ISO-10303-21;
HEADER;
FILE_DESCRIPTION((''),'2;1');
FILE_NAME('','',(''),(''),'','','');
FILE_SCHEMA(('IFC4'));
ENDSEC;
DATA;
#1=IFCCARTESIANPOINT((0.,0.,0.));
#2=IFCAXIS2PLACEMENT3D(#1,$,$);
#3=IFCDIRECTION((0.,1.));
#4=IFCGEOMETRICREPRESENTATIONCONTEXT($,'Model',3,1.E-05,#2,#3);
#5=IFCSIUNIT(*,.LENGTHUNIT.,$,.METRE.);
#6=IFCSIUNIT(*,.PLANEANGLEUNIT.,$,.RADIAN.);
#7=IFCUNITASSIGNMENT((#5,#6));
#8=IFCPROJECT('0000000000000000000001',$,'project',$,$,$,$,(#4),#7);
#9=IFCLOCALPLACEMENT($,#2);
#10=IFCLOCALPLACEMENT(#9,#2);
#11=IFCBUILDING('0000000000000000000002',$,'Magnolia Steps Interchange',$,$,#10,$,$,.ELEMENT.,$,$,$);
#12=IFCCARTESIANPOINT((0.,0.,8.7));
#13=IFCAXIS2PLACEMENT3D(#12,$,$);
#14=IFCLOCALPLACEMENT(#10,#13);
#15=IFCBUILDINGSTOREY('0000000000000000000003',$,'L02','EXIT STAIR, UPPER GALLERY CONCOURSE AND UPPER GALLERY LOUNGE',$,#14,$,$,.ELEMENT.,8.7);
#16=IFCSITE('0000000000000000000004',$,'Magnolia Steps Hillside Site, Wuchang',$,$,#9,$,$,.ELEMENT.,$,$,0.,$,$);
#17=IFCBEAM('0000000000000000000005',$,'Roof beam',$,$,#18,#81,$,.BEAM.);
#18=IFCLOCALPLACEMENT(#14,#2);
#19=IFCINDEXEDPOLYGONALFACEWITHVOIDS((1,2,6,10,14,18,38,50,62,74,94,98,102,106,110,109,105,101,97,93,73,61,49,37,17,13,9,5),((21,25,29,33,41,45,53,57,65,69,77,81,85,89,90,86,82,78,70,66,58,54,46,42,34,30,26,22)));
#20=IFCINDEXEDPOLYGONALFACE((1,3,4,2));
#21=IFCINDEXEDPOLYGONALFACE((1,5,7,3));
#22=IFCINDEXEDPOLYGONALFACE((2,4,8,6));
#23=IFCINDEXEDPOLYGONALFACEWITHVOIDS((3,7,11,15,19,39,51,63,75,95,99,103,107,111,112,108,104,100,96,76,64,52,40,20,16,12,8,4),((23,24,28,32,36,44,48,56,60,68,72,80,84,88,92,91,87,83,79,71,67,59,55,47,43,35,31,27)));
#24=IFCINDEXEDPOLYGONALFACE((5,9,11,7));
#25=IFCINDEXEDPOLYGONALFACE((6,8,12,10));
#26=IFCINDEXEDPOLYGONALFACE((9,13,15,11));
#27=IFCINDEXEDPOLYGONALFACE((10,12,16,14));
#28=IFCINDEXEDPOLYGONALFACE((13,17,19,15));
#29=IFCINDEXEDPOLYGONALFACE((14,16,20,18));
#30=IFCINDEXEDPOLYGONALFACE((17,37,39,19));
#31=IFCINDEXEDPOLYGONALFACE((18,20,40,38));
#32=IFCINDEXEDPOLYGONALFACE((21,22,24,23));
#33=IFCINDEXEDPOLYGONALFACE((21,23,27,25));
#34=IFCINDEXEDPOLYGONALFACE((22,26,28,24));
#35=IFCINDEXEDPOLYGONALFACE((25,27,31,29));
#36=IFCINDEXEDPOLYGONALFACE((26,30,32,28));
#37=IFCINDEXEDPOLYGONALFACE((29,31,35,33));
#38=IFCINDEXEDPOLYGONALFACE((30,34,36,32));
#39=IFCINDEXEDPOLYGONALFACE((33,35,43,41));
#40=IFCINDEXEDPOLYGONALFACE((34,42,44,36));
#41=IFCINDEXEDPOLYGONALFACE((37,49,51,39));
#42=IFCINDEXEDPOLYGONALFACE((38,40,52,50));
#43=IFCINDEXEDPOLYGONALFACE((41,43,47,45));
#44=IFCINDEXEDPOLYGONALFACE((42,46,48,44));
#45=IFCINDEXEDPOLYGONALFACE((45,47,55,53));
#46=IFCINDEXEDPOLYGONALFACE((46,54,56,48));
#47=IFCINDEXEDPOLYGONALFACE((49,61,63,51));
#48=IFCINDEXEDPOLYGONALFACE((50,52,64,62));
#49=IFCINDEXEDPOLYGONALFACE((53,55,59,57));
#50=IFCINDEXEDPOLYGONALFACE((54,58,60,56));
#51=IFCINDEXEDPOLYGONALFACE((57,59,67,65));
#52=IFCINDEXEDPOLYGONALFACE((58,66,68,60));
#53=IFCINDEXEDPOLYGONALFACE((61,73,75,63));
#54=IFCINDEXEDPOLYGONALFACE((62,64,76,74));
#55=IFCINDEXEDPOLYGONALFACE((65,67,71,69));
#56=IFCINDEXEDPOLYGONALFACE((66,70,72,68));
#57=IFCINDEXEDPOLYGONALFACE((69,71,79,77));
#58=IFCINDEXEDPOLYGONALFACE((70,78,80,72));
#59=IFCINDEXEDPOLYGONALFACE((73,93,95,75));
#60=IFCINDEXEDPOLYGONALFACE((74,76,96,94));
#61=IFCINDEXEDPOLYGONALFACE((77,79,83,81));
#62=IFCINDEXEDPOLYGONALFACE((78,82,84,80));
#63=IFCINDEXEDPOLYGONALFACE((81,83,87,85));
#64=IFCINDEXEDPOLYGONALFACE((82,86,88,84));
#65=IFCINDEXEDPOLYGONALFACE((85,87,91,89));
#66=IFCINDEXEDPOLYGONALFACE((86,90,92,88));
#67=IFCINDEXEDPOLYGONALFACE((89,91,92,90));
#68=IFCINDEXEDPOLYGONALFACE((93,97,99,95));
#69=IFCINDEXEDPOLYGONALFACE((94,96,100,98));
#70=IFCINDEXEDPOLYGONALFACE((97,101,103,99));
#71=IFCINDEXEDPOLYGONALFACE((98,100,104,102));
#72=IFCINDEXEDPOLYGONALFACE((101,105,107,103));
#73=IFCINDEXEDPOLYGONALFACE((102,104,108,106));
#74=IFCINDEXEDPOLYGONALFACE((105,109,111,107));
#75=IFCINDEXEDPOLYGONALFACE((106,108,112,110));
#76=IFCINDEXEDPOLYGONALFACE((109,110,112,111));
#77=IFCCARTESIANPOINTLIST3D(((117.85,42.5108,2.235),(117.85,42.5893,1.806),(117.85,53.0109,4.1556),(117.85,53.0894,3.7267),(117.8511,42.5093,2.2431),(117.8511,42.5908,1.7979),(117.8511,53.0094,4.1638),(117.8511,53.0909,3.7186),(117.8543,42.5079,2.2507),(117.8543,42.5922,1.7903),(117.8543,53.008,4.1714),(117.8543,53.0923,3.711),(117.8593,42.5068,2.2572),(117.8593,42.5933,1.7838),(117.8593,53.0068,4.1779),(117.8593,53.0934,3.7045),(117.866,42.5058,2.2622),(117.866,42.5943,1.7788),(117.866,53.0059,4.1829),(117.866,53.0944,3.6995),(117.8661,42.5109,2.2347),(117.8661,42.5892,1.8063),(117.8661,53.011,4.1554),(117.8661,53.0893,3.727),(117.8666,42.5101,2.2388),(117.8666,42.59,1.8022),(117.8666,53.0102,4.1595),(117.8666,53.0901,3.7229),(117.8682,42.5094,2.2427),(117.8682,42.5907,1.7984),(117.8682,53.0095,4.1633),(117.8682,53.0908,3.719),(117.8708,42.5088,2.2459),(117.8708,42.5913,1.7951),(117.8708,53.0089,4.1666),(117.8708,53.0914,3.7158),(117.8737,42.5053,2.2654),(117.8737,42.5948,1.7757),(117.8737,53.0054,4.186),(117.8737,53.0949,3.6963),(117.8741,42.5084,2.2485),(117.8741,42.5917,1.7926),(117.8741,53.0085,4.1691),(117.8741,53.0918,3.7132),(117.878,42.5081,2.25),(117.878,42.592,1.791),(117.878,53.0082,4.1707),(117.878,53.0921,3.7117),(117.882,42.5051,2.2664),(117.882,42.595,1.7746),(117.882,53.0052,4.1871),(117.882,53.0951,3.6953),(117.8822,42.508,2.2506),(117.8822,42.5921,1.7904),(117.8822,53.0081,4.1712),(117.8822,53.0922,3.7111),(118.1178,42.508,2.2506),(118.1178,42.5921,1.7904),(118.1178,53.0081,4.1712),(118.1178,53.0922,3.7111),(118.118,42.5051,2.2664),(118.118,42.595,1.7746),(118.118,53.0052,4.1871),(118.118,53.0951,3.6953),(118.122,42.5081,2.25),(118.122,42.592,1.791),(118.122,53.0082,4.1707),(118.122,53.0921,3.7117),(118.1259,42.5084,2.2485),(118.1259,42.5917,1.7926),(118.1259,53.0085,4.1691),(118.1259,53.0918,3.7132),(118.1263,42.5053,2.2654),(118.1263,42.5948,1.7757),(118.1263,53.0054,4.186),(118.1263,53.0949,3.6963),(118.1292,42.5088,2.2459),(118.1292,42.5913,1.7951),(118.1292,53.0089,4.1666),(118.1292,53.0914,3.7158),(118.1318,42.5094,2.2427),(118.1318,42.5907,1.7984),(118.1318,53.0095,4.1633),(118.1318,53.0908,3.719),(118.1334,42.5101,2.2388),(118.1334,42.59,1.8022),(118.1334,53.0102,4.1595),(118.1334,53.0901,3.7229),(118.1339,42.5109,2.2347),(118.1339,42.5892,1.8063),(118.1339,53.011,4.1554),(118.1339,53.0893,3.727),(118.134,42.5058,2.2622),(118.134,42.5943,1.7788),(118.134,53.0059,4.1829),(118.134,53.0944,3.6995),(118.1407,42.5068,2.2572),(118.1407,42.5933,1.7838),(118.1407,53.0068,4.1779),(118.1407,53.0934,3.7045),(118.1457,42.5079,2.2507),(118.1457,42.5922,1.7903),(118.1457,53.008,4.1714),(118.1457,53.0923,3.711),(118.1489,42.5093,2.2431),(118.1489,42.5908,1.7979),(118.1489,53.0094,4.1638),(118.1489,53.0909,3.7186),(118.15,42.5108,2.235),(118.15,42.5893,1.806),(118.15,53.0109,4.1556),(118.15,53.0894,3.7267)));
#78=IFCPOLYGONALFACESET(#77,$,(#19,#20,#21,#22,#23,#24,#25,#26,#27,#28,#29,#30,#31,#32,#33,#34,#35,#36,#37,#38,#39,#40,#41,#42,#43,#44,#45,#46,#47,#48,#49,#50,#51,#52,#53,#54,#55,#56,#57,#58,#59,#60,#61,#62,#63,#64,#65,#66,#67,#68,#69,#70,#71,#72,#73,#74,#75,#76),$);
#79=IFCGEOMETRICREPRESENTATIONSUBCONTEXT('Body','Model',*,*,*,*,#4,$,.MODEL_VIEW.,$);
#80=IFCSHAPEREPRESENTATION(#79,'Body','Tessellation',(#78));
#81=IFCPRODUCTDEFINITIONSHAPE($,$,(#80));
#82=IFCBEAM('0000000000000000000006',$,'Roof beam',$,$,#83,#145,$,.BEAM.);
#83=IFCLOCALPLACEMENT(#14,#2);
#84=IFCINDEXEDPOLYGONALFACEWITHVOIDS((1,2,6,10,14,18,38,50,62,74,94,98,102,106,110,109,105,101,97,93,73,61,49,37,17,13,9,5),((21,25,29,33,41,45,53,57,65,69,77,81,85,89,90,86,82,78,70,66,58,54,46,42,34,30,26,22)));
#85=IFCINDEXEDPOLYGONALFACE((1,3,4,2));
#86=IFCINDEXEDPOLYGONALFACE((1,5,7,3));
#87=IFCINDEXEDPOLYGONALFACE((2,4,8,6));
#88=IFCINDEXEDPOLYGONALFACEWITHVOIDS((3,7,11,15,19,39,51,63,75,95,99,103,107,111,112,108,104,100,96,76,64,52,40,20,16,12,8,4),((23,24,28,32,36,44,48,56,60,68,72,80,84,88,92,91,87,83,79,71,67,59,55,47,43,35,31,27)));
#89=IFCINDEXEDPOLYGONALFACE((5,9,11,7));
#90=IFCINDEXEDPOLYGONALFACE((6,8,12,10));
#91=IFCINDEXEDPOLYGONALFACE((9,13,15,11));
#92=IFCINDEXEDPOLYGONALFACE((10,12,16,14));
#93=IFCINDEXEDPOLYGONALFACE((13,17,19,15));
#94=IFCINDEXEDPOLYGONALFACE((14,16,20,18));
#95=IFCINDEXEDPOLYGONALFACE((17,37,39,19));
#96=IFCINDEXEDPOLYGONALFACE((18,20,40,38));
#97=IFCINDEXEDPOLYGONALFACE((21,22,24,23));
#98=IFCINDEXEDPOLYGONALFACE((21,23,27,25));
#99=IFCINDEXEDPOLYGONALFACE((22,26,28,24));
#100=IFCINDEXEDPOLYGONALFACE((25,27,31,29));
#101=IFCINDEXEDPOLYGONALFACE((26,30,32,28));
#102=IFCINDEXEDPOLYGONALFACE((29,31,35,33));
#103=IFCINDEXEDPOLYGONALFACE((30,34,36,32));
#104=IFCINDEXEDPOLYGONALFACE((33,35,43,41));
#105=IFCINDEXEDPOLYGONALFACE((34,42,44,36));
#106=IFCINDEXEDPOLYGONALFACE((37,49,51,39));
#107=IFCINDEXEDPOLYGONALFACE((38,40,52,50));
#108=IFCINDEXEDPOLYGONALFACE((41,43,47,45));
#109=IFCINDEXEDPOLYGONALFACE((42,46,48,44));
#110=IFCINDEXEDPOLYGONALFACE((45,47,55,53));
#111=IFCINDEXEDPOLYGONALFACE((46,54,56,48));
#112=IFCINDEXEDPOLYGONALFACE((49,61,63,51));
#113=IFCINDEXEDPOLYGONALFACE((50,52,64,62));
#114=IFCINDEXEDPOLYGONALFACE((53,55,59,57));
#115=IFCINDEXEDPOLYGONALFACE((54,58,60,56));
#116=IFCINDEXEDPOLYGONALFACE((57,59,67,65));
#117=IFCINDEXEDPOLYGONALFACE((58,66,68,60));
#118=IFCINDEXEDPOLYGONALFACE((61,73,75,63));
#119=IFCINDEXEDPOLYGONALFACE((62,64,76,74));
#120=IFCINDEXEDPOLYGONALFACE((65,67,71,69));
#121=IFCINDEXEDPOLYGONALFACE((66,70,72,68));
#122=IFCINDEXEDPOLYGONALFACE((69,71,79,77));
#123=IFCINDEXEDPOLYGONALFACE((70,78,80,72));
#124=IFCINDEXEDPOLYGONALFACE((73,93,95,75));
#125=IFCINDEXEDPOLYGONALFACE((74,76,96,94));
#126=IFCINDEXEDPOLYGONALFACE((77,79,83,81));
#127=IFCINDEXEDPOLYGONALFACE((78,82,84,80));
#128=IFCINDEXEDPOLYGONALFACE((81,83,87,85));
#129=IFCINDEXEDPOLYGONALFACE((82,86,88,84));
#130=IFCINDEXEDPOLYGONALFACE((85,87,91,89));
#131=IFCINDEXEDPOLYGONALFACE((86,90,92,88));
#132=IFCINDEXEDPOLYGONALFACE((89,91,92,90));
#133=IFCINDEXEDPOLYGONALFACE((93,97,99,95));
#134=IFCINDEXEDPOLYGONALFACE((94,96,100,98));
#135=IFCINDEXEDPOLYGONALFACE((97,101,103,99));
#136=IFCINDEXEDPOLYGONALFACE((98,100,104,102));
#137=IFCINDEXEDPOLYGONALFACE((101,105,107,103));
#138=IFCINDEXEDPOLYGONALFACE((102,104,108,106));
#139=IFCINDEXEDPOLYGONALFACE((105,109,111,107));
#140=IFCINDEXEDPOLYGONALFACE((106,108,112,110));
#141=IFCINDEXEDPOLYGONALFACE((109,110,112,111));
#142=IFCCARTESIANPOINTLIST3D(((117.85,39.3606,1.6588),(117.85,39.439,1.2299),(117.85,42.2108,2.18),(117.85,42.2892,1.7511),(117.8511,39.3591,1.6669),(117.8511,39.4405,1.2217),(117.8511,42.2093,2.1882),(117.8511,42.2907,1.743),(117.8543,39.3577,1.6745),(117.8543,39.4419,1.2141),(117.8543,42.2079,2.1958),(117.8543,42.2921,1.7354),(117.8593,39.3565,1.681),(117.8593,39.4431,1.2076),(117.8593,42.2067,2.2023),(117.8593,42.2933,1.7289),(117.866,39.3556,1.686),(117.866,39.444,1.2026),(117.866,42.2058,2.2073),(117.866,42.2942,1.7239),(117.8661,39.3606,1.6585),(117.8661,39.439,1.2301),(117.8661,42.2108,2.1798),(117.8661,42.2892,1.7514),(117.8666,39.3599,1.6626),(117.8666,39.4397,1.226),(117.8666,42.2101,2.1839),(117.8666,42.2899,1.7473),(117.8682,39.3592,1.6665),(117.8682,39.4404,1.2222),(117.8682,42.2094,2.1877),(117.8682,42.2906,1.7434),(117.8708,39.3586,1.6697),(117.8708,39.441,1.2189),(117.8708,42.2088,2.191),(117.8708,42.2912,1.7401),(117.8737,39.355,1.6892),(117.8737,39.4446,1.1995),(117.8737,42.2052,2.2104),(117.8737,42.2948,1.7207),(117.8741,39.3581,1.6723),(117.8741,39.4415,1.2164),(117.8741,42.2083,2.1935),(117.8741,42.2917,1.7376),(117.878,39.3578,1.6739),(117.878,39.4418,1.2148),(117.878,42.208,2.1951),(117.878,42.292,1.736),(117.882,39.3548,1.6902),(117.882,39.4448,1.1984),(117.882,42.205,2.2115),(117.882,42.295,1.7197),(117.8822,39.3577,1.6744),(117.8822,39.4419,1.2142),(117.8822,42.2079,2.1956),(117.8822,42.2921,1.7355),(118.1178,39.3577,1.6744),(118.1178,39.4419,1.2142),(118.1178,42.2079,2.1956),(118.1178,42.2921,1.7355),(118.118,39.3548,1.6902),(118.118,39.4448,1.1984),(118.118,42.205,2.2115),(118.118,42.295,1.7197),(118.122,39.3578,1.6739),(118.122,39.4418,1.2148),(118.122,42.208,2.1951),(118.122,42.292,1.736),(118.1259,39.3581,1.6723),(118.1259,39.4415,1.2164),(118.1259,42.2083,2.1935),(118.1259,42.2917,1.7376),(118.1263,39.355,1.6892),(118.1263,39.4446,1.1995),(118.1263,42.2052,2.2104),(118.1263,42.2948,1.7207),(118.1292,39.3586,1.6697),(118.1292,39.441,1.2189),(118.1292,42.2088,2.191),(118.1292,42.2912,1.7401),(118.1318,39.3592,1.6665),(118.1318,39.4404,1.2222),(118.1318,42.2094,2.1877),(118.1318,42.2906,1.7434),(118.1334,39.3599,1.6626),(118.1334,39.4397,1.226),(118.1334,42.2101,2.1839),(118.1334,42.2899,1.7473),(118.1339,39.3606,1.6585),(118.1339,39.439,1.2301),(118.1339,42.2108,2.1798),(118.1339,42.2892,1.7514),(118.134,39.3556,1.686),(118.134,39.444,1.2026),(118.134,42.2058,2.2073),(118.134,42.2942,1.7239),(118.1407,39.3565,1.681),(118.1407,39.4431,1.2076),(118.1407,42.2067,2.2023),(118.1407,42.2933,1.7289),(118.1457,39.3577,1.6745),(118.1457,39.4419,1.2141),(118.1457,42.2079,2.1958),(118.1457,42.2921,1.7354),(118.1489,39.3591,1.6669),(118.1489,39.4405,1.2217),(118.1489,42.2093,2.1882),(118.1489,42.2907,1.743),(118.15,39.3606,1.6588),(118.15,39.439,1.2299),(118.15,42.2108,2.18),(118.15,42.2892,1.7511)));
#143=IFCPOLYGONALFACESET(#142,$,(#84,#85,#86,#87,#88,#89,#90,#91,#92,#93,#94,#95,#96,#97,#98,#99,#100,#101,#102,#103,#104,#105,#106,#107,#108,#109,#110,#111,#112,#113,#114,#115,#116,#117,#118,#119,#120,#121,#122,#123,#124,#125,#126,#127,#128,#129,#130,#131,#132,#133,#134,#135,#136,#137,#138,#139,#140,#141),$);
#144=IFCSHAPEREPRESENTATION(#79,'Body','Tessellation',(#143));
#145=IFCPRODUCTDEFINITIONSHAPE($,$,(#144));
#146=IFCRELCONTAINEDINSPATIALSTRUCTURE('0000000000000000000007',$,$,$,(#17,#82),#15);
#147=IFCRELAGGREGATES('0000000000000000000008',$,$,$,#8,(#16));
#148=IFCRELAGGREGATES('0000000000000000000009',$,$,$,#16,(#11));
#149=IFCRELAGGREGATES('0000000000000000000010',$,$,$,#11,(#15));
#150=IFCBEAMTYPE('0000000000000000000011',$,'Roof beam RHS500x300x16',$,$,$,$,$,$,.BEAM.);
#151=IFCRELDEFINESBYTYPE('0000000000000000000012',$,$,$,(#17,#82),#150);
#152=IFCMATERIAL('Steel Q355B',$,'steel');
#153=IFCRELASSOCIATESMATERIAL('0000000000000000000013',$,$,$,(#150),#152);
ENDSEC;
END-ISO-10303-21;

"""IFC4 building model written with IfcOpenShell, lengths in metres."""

from ifc_helpers import new_model, si_unit, direction, frame, origin, origin_2d, place, context, subcontext, project, spatial, hollow_rectangle, extrude, material, material_profile, profile_set, type_object, element, save


model = new_model("IFC4")

# Units and contexts
model_context = context("Model", 3, precision=1e-05, world=origin(), true_north=direction((0.0, 1.0)))
body_context = subcontext(model_context, "Body", "Model", "MODEL_VIEW")
ifc_project = project(units=[si_unit("LENGTHUNIT", "METRE"), si_unit("PLANEANGLEUNIT", "RADIAN")], contexts=[model_context])

# Site, building, storey
site_placement = place(None, origin())
site = spatial("IfcSite", under=ifc_project, at=site_placement, Name="Magnolia Steps Hillside Site, Wuchang", CompositionType="ELEMENT", RefElevation=0.0)
building_placement = place(site_placement, origin())
building = spatial("IfcBuilding", under=site, at=building_placement, Name="Magnolia Steps Interchange", CompositionType="ELEMENT")
storey_placement = place(building_placement, frame((0.0, 0.0, 8.7)))
storey = spatial("IfcBuildingStorey", under=building, at=storey_placement, Name="L02", Description="EXIT STAIR, UPPER GALLERY CONCOURSE AND UPPER GALLERY LOUNGE", CompositionType="ELEMENT", Elevation=8.7)

# Beams
ifc_material_1 = material(Name="Steel Q355B", Category="steel")
ifc_material_profile_1 = material_profile(ifc_material_1, hollow_rectangle(XDim=0.3, YDim=0.5, WallThickness=0.0161, InnerFilletRadius=0.0161, OuterFilletRadius=0.032, at=origin_2d()), Name="RHS500x300x16")
ifc_profile_set_1 = profile_set([ifc_material_profile_1], Name="Steel Q355B")
beam_type_1 = type_object("IfcBeamType", Name="Roof beam RHS500x300x16", PredefinedType="BEAM", material=ifc_profile_set_1)
beam_1_placement = place(storey_placement, frame((118.0, 42.55, 2.0205), z_axis=(0.0, 0.983679, 0.179934), x_axis=(-1.0, 0.0, 0.0)))
element("IfcBeam", 1, at=beam_1_placement, inside=storey, type_object=beam_type_1, Name="Roof beam", PredefinedType="BEAM", context=body_context, shape_type="SweptSolid", body=[
    extrude(hollow_rectangle(XDim=0.3, YDim=0.5, WallThickness=0.0161, InnerFilletRadius=0.0161, OuterFilletRadius=0.032, at=origin_2d()), origin(), (0.0, 0.0, 1.0), 10.6743),
])
beam_2_placement = place(storey_placement, frame((118.0, 42.25, 1.9656), z_axis=(0.0, -0.983685, -0.179901), x_axis=(1.0, 0.0, 0.0)))
element("IfcBeam", 2, at=beam_2_placement, inside=storey, type_object=beam_type_1, Name="Roof beam", PredefinedType="BEAM", context=body_context, shape_type="SweptSolid", body=[
    extrude(hollow_rectangle(XDim=0.3, YDim=0.5, WallThickness=0.0161, InnerFilletRadius=0.0161, OuterFilletRadius=0.032, at=origin_2d()), origin(), (0.0, 0.0, 1.0), 2.8975),
])

save(model, "model.ifc")
